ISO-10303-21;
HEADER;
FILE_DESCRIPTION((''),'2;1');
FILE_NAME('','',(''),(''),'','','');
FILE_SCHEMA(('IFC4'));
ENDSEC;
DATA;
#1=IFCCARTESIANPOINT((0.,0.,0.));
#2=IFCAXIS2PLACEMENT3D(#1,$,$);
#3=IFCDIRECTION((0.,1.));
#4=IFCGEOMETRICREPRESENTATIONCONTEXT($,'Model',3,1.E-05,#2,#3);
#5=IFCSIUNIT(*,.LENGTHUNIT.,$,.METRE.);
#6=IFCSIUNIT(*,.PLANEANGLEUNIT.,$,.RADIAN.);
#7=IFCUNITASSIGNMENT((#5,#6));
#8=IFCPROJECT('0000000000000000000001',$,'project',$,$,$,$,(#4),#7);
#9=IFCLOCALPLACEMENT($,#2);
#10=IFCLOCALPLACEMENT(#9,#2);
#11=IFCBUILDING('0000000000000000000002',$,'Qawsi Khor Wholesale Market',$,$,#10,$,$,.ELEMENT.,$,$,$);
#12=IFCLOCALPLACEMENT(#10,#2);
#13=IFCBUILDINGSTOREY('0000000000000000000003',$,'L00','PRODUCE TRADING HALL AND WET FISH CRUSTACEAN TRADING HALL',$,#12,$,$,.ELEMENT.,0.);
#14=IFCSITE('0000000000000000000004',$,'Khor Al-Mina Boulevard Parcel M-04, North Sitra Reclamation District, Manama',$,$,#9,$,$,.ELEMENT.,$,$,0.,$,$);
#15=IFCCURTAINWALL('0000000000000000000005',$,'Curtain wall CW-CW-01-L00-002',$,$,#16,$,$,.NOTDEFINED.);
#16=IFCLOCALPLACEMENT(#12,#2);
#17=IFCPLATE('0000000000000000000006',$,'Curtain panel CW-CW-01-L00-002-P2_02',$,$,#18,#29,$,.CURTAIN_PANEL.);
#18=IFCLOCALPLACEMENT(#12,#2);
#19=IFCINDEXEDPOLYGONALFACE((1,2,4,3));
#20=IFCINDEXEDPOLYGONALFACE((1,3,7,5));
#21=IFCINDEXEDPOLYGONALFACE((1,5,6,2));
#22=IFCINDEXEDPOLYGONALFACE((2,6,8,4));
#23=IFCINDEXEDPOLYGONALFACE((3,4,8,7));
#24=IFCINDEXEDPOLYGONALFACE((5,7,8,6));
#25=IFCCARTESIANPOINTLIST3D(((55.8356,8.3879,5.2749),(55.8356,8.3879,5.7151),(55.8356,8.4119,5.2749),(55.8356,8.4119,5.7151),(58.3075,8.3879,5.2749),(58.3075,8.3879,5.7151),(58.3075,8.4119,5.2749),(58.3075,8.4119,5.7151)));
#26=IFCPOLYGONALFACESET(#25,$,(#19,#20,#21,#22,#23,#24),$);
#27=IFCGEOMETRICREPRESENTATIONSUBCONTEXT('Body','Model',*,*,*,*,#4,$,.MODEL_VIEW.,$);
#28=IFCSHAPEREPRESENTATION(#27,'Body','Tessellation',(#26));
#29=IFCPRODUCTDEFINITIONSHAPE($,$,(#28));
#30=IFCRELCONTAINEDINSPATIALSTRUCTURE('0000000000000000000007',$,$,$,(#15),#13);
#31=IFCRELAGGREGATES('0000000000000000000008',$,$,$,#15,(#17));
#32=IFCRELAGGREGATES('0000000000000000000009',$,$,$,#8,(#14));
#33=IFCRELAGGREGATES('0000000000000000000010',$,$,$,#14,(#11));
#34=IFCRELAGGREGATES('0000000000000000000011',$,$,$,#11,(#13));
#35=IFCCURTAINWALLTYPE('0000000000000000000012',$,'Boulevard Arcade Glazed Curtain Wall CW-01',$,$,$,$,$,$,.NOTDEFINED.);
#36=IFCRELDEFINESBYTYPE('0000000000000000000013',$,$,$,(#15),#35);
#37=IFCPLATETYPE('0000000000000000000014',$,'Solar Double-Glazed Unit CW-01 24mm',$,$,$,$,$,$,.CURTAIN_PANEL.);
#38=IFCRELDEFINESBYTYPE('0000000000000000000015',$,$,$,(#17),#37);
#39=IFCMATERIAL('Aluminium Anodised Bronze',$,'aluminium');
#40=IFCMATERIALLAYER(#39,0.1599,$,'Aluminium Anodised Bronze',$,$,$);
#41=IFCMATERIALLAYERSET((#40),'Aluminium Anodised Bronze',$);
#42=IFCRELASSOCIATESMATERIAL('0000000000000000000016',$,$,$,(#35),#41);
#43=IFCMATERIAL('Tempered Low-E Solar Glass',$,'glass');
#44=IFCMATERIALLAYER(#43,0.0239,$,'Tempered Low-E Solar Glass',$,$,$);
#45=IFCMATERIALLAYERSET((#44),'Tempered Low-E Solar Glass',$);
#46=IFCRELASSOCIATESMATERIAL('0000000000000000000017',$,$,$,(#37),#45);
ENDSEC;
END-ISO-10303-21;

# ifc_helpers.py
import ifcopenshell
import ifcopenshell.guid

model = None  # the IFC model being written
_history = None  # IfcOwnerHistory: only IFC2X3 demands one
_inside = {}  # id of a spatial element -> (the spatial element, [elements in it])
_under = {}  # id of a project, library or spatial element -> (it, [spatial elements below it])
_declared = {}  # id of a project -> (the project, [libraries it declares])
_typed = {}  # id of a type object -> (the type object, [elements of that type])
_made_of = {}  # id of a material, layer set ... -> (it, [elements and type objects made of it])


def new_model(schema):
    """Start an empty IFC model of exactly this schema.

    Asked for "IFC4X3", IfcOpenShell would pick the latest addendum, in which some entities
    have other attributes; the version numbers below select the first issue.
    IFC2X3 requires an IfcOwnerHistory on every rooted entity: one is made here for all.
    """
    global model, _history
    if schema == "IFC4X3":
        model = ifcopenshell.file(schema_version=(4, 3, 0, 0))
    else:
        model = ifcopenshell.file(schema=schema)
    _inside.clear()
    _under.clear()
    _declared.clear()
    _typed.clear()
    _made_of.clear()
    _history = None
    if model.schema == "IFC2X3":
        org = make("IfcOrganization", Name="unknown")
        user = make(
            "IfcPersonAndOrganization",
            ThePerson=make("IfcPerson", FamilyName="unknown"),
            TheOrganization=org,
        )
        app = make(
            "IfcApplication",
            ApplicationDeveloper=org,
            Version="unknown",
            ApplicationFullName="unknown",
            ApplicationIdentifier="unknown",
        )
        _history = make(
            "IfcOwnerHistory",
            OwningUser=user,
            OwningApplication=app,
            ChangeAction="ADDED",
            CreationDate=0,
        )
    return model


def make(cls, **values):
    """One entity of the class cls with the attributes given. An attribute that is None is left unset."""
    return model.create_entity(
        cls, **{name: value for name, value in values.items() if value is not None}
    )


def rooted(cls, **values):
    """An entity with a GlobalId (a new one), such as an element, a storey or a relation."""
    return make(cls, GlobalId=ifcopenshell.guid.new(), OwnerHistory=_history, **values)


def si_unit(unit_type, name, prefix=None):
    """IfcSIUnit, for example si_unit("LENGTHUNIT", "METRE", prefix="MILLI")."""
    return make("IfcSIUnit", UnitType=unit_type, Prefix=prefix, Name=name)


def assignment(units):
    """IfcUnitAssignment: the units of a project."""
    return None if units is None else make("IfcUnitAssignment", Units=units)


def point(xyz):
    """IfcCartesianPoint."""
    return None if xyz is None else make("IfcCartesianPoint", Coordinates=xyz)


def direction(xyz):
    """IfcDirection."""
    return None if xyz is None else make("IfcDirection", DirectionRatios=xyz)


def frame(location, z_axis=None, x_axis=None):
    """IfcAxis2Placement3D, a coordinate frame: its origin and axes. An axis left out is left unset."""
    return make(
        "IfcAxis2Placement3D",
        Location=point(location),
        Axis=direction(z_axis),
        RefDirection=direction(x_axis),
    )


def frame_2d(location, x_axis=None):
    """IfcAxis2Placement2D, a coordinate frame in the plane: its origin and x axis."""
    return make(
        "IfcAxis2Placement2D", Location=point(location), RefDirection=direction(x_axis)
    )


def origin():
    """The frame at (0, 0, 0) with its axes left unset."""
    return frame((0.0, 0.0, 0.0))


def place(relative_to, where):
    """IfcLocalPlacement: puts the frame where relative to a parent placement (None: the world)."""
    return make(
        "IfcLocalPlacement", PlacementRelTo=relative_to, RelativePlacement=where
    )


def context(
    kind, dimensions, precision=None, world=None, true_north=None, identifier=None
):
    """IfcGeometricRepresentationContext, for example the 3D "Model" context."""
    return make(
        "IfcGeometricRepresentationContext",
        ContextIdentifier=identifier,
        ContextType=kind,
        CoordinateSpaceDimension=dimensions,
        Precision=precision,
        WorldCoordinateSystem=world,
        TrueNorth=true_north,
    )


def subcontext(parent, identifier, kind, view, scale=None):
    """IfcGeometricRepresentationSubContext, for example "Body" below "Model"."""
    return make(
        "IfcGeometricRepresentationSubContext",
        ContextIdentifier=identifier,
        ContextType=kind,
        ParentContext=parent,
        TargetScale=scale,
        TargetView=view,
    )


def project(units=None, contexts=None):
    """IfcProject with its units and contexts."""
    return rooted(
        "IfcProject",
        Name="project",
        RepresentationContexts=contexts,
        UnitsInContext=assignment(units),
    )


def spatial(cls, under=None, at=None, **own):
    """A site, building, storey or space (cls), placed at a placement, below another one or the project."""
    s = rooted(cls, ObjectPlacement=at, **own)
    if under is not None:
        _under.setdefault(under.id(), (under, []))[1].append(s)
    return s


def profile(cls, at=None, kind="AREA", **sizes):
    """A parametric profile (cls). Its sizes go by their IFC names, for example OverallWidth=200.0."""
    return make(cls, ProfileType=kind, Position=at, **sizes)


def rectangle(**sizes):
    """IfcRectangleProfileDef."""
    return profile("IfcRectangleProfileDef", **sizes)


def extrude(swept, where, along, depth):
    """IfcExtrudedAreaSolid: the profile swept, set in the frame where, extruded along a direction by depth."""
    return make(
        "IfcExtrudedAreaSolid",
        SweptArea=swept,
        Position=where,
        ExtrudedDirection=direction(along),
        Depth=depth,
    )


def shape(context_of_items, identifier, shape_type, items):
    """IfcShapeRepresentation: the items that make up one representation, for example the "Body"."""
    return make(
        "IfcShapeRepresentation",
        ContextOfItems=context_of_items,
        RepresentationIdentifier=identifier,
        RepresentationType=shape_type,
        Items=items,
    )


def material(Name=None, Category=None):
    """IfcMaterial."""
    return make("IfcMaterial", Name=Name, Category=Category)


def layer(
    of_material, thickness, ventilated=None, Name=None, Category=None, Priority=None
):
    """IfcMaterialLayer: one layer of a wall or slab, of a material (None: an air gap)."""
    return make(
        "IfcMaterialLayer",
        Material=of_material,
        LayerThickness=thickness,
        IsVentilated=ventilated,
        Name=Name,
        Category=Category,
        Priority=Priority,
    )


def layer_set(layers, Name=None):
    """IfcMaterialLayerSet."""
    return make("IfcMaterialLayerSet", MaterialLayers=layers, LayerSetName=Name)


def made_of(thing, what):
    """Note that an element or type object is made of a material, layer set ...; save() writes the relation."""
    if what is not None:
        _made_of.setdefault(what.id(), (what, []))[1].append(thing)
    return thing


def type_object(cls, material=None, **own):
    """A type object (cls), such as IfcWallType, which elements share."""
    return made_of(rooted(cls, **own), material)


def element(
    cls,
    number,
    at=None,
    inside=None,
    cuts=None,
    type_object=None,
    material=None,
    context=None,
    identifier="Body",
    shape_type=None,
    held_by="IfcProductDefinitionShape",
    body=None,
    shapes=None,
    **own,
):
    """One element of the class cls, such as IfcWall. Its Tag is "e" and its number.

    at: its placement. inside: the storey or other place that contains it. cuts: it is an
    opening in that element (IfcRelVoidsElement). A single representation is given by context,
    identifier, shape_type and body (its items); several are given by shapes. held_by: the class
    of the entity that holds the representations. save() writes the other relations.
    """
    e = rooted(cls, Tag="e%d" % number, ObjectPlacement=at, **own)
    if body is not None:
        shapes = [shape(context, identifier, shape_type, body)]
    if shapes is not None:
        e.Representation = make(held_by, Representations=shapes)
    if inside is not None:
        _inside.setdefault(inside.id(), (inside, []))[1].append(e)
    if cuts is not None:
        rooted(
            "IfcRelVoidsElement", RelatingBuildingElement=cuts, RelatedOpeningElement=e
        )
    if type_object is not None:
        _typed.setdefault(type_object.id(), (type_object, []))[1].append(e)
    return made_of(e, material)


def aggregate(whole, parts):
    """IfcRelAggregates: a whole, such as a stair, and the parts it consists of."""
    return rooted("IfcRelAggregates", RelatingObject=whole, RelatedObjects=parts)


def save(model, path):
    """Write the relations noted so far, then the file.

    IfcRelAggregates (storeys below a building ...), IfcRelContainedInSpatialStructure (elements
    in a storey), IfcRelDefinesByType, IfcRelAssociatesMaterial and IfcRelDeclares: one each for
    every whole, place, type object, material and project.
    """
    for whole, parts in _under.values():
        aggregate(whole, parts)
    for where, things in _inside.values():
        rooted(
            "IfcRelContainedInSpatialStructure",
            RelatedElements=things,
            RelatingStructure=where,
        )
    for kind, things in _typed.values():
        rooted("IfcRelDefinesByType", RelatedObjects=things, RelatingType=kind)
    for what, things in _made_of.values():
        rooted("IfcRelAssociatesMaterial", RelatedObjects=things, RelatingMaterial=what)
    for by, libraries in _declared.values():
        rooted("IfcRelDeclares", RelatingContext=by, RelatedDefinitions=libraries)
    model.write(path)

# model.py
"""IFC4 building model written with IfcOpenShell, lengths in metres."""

from ifc_helpers import new_model, si_unit, direction, frame, frame_2d, origin, place, context, subcontext, project, spatial, rectangle, extrude, material, layer, layer_set, type_object, element, aggregate, save


model = new_model("IFC4")

# Units and contexts
model_context = context("Model", 3, precision=1e-05, world=origin(), true_north=direction((0.0, 1.0)))
body_context = subcontext(model_context, "Body", "Model", "MODEL_VIEW")
ifc_project = project(units=[si_unit("LENGTHUNIT", "METRE"), si_unit("PLANEANGLEUNIT", "RADIAN")], contexts=[model_context])

# Site, building, storey
site_placement = place(None, origin())
site = spatial("IfcSite", under=ifc_project, at=site_placement, Name="Khor Al-Mina Boulevard Parcel M-04, North Sitra Reclamation District, Manama", CompositionType="ELEMENT", RefElevation=0.0)
building_placement = place(site_placement, origin())
building = spatial("IfcBuilding", under=site, at=building_placement, Name="Qawsi Khor Wholesale Market", CompositionType="ELEMENT")
storey_placement = place(building_placement, origin())
storey = spatial("IfcBuildingStorey", under=building, at=storey_placement, Name="L00", Description="PRODUCE TRADING HALL AND WET FISH CRUSTACEAN TRADING HALL", CompositionType="ELEMENT", Elevation=0.0)

# Curtain wall
ifc_material_1 = material(Name="Aluminium Anodised Bronze", Category="aluminium")
ifc_layer_1 = layer(ifc_material_1, 0.1599, Name="Aluminium Anodised Bronze")
ifc_layer_set_1 = layer_set([ifc_layer_1], Name="Aluminium Anodised Bronze")
curtain_wall_type = type_object("IfcCurtainWallType", Name="Boulevard Arcade Glazed Curtain Wall CW-01", PredefinedType="NOTDEFINED", material=ifc_layer_set_1)
curtain_wall_1_placement = place(storey_placement, origin())
curtain_wall_1 = element("IfcCurtainWall", 1, at=curtain_wall_1_placement, inside=storey, type_object=curtain_wall_type, Name="Curtain wall CW-CW-01-L00-002", PredefinedType="NOTDEFINED")

# Plate
ifc_material_2 = material(Name="Tempered Low-E Solar Glass", Category="glass")
ifc_layer_2 = layer(ifc_material_2, 0.0239, Name="Tempered Low-E Solar Glass")
ifc_layer_set_2 = layer_set([ifc_layer_2], Name="Tempered Low-E Solar Glass")
plate_type_1 = type_object("IfcPlateType", Name="Solar Double-Glazed Unit CW-01 24mm", PredefinedType="CURTAIN_PANEL", material=ifc_layer_set_2)
plate_1_placement = place(storey_placement, frame((55.8357, 8.3999, 5.2749), z_axis=(0.0, 0.0, 1.0), x_axis=(1.0, 0.0, 0.0)))
plate_1 = element("IfcPlate", 2, at=plate_1_placement, type_object=plate_type_1, Name="Curtain panel CW-CW-01-L00-002-P2_02", PredefinedType="CURTAIN_PANEL", context=body_context, shape_type="SweptSolid", body=[
    extrude(rectangle(XDim=2.4719, YDim=0.0239, at=frame_2d((1.2358, 0.0))), origin(), (0.0, 0.0, 1.0), 0.4402),
])
aggregate(curtain_wall_1, [plate_1])

save(model, "model.ifc")
